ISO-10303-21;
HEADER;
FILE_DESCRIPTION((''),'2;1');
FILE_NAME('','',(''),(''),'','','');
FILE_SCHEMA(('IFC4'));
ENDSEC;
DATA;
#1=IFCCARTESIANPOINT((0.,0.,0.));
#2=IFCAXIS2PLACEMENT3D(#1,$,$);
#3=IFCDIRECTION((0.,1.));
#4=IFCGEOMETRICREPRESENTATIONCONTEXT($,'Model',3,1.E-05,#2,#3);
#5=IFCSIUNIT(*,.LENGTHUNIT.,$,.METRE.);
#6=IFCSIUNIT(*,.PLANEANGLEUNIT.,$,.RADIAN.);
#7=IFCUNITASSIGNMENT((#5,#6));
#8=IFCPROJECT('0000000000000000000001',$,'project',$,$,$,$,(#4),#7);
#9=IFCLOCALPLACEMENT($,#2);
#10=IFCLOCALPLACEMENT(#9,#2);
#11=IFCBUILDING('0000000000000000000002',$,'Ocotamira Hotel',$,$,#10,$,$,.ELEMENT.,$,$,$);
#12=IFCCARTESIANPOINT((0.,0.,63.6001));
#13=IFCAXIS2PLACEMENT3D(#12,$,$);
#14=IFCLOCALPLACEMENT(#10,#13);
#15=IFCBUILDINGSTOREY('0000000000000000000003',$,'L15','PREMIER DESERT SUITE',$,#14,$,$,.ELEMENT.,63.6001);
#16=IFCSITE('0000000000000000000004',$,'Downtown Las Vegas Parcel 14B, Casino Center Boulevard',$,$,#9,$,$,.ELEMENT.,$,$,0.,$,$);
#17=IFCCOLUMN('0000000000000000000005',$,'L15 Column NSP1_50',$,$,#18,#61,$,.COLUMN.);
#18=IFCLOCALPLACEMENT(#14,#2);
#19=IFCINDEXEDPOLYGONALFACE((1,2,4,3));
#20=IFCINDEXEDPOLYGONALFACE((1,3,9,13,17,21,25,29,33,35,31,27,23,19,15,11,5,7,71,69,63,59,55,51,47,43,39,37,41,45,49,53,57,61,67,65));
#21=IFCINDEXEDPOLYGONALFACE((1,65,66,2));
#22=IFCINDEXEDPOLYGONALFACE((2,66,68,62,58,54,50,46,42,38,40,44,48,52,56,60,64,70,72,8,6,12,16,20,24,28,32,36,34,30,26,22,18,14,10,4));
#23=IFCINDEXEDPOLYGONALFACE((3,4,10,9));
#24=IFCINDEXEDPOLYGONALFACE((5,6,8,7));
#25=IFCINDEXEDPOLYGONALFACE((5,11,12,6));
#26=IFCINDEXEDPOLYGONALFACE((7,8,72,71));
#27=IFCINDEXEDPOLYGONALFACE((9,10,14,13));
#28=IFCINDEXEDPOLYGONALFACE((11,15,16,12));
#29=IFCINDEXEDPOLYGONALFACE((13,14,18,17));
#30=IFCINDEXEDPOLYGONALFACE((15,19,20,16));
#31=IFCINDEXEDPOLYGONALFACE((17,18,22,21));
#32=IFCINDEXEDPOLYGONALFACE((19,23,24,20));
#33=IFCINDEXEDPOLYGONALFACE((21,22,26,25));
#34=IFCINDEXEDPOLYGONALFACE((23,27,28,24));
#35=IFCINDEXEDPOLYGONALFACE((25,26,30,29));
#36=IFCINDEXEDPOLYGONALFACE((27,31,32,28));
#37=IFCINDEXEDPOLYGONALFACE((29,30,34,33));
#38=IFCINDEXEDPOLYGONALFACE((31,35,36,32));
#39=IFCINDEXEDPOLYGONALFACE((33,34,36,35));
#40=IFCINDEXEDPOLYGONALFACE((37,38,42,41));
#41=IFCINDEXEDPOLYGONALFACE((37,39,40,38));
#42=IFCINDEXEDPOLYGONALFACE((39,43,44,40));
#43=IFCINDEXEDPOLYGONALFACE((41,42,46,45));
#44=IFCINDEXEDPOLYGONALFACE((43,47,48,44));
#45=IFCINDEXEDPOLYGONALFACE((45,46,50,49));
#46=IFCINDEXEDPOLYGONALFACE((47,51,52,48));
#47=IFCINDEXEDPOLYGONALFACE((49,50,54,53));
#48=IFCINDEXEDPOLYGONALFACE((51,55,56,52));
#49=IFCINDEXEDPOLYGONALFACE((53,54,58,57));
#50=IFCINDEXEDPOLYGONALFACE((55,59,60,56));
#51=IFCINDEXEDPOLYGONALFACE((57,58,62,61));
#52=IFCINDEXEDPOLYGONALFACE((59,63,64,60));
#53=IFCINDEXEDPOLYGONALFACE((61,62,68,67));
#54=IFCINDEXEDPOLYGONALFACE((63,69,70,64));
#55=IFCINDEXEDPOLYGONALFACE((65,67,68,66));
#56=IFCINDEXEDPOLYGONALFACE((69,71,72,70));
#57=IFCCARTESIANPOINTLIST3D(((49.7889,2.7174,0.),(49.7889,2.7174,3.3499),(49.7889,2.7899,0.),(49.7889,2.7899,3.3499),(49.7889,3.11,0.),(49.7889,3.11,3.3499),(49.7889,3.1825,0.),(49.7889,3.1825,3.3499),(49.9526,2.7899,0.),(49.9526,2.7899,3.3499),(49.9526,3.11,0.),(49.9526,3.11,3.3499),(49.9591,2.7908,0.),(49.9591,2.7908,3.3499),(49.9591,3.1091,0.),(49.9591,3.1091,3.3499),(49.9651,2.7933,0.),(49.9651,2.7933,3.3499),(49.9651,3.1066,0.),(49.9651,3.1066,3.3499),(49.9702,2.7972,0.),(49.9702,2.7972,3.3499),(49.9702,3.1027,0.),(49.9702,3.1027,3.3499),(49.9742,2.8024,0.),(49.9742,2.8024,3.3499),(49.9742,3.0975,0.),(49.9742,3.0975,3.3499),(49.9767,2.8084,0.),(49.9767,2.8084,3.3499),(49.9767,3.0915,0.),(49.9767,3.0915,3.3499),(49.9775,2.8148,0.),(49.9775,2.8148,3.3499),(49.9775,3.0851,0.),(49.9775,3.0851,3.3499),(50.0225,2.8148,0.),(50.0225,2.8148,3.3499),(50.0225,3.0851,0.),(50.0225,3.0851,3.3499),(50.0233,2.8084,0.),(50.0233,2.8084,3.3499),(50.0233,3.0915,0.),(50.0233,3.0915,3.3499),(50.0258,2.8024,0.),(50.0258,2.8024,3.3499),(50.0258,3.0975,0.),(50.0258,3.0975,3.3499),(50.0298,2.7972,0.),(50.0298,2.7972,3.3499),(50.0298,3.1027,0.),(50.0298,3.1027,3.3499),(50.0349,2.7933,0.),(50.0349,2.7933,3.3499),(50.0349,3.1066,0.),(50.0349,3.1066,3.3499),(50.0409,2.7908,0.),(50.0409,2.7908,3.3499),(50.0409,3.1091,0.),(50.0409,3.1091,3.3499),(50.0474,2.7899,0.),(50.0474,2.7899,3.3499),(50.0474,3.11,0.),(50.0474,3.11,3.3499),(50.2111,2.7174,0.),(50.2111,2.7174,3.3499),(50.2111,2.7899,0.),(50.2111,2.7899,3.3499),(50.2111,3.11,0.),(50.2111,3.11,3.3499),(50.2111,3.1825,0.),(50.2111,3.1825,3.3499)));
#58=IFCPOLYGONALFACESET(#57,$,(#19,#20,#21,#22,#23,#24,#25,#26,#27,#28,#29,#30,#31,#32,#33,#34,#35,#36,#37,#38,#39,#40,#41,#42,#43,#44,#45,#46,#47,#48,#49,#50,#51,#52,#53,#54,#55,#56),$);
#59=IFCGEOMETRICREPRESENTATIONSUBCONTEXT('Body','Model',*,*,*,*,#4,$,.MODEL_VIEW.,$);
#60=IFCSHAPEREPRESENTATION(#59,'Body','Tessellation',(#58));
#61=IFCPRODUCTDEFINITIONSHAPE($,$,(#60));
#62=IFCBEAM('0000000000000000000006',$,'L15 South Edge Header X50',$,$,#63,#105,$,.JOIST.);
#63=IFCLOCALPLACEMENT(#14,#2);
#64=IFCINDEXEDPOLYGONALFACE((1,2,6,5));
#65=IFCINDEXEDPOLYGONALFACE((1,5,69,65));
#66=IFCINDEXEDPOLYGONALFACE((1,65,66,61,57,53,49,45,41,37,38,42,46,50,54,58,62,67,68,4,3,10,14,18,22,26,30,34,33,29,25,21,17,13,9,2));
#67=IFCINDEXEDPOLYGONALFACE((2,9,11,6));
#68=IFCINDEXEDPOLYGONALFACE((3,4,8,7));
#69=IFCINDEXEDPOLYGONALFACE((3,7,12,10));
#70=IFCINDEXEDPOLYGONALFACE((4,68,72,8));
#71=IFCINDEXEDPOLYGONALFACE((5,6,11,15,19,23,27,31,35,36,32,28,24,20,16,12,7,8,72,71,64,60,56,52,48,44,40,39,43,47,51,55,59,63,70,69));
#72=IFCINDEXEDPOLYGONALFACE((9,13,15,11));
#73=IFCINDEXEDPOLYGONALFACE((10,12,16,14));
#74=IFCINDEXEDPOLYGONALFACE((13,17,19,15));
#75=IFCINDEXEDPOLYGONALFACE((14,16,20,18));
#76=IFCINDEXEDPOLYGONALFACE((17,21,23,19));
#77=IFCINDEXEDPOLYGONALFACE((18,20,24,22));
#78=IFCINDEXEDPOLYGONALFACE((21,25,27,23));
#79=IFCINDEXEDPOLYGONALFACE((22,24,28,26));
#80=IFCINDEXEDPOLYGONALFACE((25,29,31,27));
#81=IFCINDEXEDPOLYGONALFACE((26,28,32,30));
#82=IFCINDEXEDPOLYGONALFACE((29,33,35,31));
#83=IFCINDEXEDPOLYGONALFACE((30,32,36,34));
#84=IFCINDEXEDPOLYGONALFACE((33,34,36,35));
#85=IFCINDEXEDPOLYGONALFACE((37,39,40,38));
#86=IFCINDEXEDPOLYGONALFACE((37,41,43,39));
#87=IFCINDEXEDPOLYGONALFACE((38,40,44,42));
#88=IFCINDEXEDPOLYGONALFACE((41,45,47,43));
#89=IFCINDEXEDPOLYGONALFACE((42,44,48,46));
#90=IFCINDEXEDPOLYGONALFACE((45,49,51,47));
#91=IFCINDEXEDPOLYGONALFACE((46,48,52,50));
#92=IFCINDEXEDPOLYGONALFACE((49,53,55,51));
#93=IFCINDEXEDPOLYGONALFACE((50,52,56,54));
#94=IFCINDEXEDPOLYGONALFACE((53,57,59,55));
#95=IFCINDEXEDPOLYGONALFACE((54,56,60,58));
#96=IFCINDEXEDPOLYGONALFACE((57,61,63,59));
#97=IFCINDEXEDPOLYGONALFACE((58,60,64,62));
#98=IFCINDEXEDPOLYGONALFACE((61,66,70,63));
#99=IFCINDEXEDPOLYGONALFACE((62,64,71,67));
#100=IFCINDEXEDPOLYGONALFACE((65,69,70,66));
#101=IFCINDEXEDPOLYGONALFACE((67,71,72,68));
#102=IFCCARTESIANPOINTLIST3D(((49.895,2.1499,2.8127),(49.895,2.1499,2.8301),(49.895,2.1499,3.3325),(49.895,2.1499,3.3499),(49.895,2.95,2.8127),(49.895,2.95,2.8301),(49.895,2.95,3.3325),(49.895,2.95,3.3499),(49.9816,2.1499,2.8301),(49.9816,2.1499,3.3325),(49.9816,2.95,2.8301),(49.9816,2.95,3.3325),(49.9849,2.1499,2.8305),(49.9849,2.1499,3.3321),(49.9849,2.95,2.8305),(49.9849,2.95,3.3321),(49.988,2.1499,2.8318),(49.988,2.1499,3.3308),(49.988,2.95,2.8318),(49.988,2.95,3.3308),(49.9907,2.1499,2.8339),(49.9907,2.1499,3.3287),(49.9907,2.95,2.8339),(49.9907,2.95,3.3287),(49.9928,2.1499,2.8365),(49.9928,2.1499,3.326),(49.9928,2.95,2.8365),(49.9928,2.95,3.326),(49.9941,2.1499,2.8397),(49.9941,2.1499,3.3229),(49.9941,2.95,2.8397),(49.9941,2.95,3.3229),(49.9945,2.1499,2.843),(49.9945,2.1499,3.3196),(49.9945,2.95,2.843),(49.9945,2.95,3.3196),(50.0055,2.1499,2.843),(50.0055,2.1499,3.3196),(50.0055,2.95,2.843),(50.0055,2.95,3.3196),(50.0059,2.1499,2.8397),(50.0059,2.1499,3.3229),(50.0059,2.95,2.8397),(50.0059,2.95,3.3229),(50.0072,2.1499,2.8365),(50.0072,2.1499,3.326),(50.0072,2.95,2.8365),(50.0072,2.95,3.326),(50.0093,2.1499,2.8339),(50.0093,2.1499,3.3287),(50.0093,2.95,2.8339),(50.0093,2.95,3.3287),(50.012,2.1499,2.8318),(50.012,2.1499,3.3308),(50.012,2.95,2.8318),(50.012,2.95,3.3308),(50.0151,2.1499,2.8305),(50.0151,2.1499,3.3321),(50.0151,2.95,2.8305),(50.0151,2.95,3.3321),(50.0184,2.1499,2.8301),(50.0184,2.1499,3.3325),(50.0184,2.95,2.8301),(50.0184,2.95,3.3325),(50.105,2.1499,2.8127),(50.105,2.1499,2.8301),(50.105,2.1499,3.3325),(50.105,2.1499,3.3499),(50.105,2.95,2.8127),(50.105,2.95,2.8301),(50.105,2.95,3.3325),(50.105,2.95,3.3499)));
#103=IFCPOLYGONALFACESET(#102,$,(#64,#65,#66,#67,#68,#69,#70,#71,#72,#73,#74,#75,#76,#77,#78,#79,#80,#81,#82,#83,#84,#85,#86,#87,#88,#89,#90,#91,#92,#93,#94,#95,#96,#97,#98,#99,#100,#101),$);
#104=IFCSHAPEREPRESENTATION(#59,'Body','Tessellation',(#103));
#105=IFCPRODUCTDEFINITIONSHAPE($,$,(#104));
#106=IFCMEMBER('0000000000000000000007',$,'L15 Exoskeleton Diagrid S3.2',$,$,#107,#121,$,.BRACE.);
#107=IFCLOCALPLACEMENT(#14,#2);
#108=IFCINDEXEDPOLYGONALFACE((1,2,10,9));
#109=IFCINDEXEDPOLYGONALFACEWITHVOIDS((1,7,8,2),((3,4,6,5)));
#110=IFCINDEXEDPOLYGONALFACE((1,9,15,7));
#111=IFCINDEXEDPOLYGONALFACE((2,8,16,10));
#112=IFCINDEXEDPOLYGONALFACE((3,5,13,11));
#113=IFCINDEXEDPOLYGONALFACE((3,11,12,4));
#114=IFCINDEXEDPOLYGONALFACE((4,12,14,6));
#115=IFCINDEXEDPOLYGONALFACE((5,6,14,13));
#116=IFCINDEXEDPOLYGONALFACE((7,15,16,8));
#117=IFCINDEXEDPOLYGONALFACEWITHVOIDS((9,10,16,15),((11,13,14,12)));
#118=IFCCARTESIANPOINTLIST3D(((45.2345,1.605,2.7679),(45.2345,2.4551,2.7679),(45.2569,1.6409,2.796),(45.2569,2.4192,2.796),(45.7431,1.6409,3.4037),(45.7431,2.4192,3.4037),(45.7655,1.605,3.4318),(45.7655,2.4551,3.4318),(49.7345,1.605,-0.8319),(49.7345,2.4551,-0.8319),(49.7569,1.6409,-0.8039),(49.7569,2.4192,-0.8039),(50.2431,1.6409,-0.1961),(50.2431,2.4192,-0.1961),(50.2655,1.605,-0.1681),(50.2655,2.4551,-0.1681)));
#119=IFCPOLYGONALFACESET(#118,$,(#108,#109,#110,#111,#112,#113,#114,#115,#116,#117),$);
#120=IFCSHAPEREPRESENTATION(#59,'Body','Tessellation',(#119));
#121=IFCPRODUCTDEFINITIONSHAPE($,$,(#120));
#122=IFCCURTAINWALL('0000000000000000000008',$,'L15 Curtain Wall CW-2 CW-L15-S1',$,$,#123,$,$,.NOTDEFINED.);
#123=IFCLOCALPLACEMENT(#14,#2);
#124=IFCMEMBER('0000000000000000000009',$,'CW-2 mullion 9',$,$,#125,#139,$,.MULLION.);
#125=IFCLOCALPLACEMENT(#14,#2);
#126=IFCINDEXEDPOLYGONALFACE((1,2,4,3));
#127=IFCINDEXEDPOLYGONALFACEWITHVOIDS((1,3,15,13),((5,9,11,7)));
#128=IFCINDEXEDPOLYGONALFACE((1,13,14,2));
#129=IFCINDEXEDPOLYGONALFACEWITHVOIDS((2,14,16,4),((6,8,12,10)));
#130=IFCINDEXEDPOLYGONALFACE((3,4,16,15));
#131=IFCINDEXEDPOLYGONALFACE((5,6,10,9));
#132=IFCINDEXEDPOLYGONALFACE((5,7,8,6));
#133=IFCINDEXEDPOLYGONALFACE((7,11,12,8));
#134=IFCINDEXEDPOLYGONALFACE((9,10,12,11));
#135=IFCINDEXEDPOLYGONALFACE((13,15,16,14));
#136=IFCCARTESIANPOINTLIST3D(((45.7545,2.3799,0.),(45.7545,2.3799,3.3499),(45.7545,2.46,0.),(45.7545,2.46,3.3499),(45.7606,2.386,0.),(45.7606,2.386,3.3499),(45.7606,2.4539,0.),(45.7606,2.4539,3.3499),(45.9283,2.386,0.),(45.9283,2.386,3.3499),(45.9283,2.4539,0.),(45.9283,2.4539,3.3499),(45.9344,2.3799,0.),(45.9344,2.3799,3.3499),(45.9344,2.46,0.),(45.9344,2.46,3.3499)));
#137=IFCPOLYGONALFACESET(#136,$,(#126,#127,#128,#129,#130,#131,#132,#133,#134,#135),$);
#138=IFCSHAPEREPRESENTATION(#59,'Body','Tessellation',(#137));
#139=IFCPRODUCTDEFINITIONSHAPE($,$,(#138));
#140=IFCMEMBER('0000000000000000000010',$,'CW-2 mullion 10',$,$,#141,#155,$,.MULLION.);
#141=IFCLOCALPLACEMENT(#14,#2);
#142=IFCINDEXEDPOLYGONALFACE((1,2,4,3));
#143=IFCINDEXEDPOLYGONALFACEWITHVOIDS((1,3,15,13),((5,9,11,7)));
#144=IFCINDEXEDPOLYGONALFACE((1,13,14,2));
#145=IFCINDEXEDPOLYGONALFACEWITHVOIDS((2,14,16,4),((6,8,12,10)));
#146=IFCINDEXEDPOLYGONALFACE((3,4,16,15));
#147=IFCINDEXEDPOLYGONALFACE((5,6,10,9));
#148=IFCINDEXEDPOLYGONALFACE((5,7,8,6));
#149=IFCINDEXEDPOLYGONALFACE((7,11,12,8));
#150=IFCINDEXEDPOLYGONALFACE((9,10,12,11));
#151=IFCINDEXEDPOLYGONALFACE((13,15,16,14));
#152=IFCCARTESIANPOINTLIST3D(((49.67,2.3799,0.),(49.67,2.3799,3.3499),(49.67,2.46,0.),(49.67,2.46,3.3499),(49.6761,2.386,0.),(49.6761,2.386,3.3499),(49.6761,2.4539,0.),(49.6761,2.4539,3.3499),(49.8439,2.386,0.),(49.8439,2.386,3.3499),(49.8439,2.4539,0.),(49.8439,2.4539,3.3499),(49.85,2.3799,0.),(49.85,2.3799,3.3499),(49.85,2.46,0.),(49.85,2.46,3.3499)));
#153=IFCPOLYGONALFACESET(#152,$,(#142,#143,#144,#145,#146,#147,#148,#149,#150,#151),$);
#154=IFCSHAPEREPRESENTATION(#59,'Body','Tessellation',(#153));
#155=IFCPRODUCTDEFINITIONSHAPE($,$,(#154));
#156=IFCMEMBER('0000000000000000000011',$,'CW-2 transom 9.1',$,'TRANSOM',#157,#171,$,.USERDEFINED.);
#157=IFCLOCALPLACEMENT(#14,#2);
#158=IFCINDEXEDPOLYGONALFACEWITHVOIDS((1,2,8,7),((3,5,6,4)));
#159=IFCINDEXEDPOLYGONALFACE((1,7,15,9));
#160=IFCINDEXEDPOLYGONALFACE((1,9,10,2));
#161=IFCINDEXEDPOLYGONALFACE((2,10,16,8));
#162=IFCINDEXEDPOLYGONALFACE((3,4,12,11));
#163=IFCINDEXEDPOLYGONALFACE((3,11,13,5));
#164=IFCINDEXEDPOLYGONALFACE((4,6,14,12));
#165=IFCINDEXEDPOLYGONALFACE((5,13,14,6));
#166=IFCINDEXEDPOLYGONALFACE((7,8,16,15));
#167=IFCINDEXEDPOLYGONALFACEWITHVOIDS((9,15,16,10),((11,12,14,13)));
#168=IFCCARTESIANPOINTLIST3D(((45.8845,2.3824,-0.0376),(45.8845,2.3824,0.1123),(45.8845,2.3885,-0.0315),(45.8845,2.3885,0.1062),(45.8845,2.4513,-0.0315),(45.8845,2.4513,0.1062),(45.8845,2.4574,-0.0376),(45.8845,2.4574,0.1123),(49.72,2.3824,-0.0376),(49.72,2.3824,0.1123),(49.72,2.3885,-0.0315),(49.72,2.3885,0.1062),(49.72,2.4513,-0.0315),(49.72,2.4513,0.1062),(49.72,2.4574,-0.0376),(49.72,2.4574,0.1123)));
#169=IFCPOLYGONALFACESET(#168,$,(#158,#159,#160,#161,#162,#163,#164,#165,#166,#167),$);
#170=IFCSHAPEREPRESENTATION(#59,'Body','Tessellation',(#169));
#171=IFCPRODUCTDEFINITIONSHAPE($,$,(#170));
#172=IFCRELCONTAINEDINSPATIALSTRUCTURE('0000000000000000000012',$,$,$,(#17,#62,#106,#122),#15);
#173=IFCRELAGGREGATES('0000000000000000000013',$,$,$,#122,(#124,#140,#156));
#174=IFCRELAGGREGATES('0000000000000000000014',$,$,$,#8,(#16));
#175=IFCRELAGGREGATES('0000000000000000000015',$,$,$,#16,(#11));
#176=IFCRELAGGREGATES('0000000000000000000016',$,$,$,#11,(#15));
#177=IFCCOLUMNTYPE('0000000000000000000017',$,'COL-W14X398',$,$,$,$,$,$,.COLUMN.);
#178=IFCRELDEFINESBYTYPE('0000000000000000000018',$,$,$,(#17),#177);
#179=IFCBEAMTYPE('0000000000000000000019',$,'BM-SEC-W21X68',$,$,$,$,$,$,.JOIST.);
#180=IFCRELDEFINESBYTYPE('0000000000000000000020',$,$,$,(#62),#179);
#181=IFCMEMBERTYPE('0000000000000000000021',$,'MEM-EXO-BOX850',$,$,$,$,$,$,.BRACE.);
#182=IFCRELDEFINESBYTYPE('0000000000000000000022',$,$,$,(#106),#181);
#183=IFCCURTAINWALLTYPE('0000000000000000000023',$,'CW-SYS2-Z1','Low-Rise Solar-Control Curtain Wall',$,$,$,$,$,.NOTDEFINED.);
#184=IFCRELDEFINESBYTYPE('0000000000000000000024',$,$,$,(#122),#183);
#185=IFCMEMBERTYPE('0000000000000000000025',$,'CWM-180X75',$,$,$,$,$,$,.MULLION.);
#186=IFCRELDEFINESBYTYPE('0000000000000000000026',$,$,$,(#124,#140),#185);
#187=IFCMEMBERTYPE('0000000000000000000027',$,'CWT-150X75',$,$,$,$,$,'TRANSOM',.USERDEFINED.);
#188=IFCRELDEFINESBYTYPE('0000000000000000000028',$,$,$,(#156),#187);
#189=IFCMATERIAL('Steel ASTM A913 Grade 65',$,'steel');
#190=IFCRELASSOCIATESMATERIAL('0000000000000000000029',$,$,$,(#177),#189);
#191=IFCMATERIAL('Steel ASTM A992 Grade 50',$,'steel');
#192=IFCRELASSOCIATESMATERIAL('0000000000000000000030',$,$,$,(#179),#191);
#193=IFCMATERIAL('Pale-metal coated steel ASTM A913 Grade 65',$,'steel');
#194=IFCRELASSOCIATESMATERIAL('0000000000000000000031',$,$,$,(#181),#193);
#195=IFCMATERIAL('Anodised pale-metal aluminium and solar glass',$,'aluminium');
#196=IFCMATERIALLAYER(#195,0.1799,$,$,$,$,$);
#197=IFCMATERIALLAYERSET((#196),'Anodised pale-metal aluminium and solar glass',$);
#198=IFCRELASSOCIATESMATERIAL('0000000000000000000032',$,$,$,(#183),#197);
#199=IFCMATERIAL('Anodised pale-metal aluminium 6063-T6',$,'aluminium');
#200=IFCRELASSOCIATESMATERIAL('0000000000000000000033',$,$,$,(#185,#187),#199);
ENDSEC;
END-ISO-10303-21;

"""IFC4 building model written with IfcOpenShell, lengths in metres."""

from ifc_helpers import new_model, si_unit, direction, frame, origin, origin_2d, place, context, subcontext, project, spatial, hollow_rectangle, i_section, extrude, source, transform, mapped, material, layer, layer_set, material_profile, profile_set, type_object, element, aggregate, save


model = new_model("IFC4")

# Units and contexts
model_context = context("Model", 3, precision=1e-05, world=origin(), true_north=direction((0.0, 1.0)))
body_context = subcontext(model_context, "Body", "Model", "MODEL_VIEW")
ifc_project = project(units=[si_unit("LENGTHUNIT", "METRE"), si_unit("PLANEANGLEUNIT", "RADIAN")], contexts=[model_context])

# Site, building, storey
site_placement = place(None, origin())
site = spatial("IfcSite", under=ifc_project, at=site_placement, Name="Downtown Las Vegas Parcel 14B, Casino Center Boulevard", CompositionType="ELEMENT", RefElevation=0.0)
building_placement = place(site_placement, origin())
building = spatial("IfcBuilding", under=site, at=building_placement, Name="Ocotamira Hotel", CompositionType="ELEMENT")
storey_placement = place(building_placement, frame((0.0, 0.0, 63.6001)))
storey = spatial("IfcBuildingStorey", under=building, at=storey_placement, Name="L15", Description="PREMIER DESERT SUITE", CompositionType="ELEMENT", Elevation=63.6001)

# Column
ifc_material_1 = material(Name="Steel ASTM A913 Grade 65", Category="steel")
ifc_material_profile_1 = material_profile(ifc_material_1, i_section(OverallWidth=0.4221, OverallDepth=0.4651, WebThickness=0.0449, FlangeThickness=0.0725, FilletRadius=0.0249, at=origin_2d()), Name="W14X398")
ifc_profile_set_1 = profile_set([ifc_material_profile_1], Name="Steel ASTM A913 Grade 65")
column_type = type_object("IfcColumnType", Name="COL-W14X398", PredefinedType="COLUMN", material=ifc_profile_set_1)
shared_shape_1 = source(origin(), body_context, "Body", "SweptSolid", [
    extrude(i_section(OverallWidth=0.4221, OverallDepth=0.4651, WebThickness=0.0449, FlangeThickness=0.0725, FilletRadius=0.0249, at=origin_2d()), origin(), (0.0, 0.0, 1.0), 3.3499),
])
column_placement = place(storey_placement, frame((50.0, 2.95, 0.0), z_axis=(0.0, 0.0, 1.0), x_axis=(1.0, 0.0, 0.0)))
element("IfcColumn", 1, at=column_placement, inside=storey, type_object=column_type, Name="L15 Column NSP1_50", PredefinedType="COLUMN", context=body_context, shape_type="MappedRepresentation", body=[
    mapped(shared_shape_1, transform((0.0, 0.0, 0.0), scale=1.0)),
])

# Beam
ifc_material_2 = material(Name="Steel ASTM A992 Grade 50", Category="steel")
ifc_material_profile_2 = material_profile(ifc_material_2, i_section(OverallWidth=0.21, OverallDepth=0.5371, WebThickness=0.011, FlangeThickness=0.0173, FilletRadius=0.0129, at=origin_2d()), Name="W21X68")
ifc_profile_set_2 = profile_set([ifc_material_profile_2], Name="Steel ASTM A992 Grade 50")
beam_type = type_object("IfcBeamType", Name="BM-SEC-W21X68", PredefinedType="JOIST", material=ifc_profile_set_2)
shared_shape_2 = source(origin(), body_context, "Body", "SweptSolid", [
    extrude(i_section(OverallWidth=0.21, OverallDepth=0.5371, WebThickness=0.011, FlangeThickness=0.0173, FilletRadius=0.0129, at=origin_2d()), origin(), (0.0, 0.0, 1.0), 0.8),
])
beam_placement = place(storey_placement, frame((50.0, 2.95, 3.0813), z_axis=(0.0, -1.0, 0.0), x_axis=(1.0, 0.0, 0.0)))
element("IfcBeam", 2, at=beam_placement, inside=storey, type_object=beam_type, Name="L15 South Edge Header X50", PredefinedType="JOIST", context=body_context, shape_type="MappedRepresentation", body=[
    mapped(shared_shape_2, transform((0.0, 0.0, 0.0), scale=1.0)),
])

# Member
ifc_material_3 = material(Name="Pale-metal coated steel ASTM A913 Grade 65", Category="steel")
ifc_material_profile_3 = material_profile(ifc_material_3, hollow_rectangle(XDim=0.8501, YDim=0.8501, WallThickness=0.0359, at=origin_2d()), Name="BOX850X850X36")
ifc_profile_set_3 = profile_set([ifc_material_profile_3], Name="Pale-metal coated steel ASTM A913 Grade 65")
member_type_1 = type_object("IfcMemberType", Name="MEM-EXO-BOX850", PredefinedType="BRACE", material=ifc_profile_set_3)
shared_shape_3 = source(origin(), body_context, "Body", "SweptSolid", [
    extrude(hollow_rectangle(XDim=0.8501, YDim=0.8501, WallThickness=0.0359, at=origin_2d()), origin(), (0.0, 0.0, 1.0), 5.7627),
])
member_1_placement = place(storey_placement, frame((50.0, 2.03, -0.5), z_axis=(-0.780881, 0.0, 0.62468), x_axis=(0.0, -1.0, 0.0)))
element("IfcMember", 3, at=member_1_placement, inside=storey, type_object=member_type_1, Name="L15 Exoskeleton Diagrid S3.2", PredefinedType="BRACE", context=body_context, shape_type="MappedRepresentation", body=[
    mapped(shared_shape_3, transform((0.0, 0.0, 0.0), scale=1.0)),
])

# Curtain wall, members
ifc_material_4 = material(Name="Anodised pale-metal aluminium and solar glass", Category="aluminium")
ifc_layer_1 = layer(ifc_material_4, 0.1799)
ifc_layer_set_1 = layer_set([ifc_layer_1], Name="Anodised pale-metal aluminium and solar glass")
curtain_wall_type = type_object("IfcCurtainWallType", Name="CW-SYS2-Z1", Description="Low-Rise Solar-Control Curtain Wall", PredefinedType="NOTDEFINED", material=ifc_layer_set_1)
curtain_wall_placement = place(storey_placement, origin())
curtain_wall = element("IfcCurtainWall", 4, at=curtain_wall_placement, inside=storey, type_object=curtain_wall_type, Name="L15 Curtain Wall CW-2 CW-L15-S1", PredefinedType="NOTDEFINED")
ifc_material_5 = material(Name="Anodised pale-metal aluminium 6063-T6", Category="aluminium")
ifc_material_profile_4 = material_profile(ifc_material_5, hollow_rectangle(XDim=0.0801, YDim=0.1799, WallThickness=0.0061, at=origin_2d()), Name="HSS180X80X6")
ifc_profile_set_4 = profile_set([ifc_material_profile_4], Name="Anodised pale-metal aluminium 6063-T6")
member_type_2 = type_object("IfcMemberType", Name="CWM-180X75", PredefinedType="MULLION", material=ifc_profile_set_4)
shared_shape_4 = source(origin(), body_context, "Body", "SweptSolid", [
    extrude(hollow_rectangle(XDim=0.0801, YDim=0.1799, WallThickness=0.0061, at=origin_2d()), origin(), (0.0, 0.0, 1.0), 3.3499),
])
member_2_placement = place(storey_placement, frame((45.8445, 2.4199, 0.0), z_axis=(0.0, 0.0, 1.0), x_axis=(0.0, 1.0, 0.0)))
member_2 = element("IfcMember", 5, at=member_2_placement, type_object=member_type_2, Name="CW-2 mullion 9", PredefinedType="MULLION", context=body_context, shape_type="MappedRepresentation", body=[
    mapped(shared_shape_4, transform((0.0, 0.0, 0.0), scale=1.0)),
])
member_3_placement = place(storey_placement, frame((49.76, 2.4199, 0.0), z_axis=(0.0, 0.0, 1.0), x_axis=(0.0, 1.0, 0.0)))
member_3 = element("IfcMember", 6, at=member_3_placement, type_object=member_type_2, Name="CW-2 mullion 10", PredefinedType="MULLION", context=body_context, shape_type="MappedRepresentation", body=[
    mapped(shared_shape_4, transform((0.0, 0.0, 0.0), scale=1.0)),
])
ifc_material_profile_5 = material_profile(ifc_material_5, hollow_rectangle(XDim=0.075, YDim=0.1499, WallThickness=0.0061, at=origin_2d()), Name="HSS150X75X6")
ifc_profile_set_5 = profile_set([ifc_material_profile_5], Name="Anodised pale-metal aluminium 6063-T6")
member_type_3 = type_object("IfcMemberType", Name="CWT-150X75", ElementType="TRANSOM", PredefinedType="USERDEFINED", material=ifc_profile_set_5)
shared_shape_5 = source(origin(), body_context, "Body", "SweptSolid", [
    extrude(hollow_rectangle(XDim=0.075, YDim=0.1499, WallThickness=0.0061, at=origin_2d()), origin(), (0.0, 0.0, 1.0), 3.8354),
])
member_4_placement = place(storey_placement, frame((45.8845, 2.4199, 0.0374), z_axis=(1.0, 0.0, 0.0), x_axis=(0.0, 1.0, 0.0)))
member_4 = element("IfcMember", 7, at=member_4_placement, type_object=member_type_3, Name="CW-2 transom 9.1", ObjectType="TRANSOM", PredefinedType="USERDEFINED", context=body_context, shape_type="MappedRepresentation", body=[
    mapped(shared_shape_5, transform((0.0, 0.0, 0.0), scale=1.0)),
])
aggregate(curtain_wall, [member_2, member_3, member_4])

save(model, "model.ifc")
